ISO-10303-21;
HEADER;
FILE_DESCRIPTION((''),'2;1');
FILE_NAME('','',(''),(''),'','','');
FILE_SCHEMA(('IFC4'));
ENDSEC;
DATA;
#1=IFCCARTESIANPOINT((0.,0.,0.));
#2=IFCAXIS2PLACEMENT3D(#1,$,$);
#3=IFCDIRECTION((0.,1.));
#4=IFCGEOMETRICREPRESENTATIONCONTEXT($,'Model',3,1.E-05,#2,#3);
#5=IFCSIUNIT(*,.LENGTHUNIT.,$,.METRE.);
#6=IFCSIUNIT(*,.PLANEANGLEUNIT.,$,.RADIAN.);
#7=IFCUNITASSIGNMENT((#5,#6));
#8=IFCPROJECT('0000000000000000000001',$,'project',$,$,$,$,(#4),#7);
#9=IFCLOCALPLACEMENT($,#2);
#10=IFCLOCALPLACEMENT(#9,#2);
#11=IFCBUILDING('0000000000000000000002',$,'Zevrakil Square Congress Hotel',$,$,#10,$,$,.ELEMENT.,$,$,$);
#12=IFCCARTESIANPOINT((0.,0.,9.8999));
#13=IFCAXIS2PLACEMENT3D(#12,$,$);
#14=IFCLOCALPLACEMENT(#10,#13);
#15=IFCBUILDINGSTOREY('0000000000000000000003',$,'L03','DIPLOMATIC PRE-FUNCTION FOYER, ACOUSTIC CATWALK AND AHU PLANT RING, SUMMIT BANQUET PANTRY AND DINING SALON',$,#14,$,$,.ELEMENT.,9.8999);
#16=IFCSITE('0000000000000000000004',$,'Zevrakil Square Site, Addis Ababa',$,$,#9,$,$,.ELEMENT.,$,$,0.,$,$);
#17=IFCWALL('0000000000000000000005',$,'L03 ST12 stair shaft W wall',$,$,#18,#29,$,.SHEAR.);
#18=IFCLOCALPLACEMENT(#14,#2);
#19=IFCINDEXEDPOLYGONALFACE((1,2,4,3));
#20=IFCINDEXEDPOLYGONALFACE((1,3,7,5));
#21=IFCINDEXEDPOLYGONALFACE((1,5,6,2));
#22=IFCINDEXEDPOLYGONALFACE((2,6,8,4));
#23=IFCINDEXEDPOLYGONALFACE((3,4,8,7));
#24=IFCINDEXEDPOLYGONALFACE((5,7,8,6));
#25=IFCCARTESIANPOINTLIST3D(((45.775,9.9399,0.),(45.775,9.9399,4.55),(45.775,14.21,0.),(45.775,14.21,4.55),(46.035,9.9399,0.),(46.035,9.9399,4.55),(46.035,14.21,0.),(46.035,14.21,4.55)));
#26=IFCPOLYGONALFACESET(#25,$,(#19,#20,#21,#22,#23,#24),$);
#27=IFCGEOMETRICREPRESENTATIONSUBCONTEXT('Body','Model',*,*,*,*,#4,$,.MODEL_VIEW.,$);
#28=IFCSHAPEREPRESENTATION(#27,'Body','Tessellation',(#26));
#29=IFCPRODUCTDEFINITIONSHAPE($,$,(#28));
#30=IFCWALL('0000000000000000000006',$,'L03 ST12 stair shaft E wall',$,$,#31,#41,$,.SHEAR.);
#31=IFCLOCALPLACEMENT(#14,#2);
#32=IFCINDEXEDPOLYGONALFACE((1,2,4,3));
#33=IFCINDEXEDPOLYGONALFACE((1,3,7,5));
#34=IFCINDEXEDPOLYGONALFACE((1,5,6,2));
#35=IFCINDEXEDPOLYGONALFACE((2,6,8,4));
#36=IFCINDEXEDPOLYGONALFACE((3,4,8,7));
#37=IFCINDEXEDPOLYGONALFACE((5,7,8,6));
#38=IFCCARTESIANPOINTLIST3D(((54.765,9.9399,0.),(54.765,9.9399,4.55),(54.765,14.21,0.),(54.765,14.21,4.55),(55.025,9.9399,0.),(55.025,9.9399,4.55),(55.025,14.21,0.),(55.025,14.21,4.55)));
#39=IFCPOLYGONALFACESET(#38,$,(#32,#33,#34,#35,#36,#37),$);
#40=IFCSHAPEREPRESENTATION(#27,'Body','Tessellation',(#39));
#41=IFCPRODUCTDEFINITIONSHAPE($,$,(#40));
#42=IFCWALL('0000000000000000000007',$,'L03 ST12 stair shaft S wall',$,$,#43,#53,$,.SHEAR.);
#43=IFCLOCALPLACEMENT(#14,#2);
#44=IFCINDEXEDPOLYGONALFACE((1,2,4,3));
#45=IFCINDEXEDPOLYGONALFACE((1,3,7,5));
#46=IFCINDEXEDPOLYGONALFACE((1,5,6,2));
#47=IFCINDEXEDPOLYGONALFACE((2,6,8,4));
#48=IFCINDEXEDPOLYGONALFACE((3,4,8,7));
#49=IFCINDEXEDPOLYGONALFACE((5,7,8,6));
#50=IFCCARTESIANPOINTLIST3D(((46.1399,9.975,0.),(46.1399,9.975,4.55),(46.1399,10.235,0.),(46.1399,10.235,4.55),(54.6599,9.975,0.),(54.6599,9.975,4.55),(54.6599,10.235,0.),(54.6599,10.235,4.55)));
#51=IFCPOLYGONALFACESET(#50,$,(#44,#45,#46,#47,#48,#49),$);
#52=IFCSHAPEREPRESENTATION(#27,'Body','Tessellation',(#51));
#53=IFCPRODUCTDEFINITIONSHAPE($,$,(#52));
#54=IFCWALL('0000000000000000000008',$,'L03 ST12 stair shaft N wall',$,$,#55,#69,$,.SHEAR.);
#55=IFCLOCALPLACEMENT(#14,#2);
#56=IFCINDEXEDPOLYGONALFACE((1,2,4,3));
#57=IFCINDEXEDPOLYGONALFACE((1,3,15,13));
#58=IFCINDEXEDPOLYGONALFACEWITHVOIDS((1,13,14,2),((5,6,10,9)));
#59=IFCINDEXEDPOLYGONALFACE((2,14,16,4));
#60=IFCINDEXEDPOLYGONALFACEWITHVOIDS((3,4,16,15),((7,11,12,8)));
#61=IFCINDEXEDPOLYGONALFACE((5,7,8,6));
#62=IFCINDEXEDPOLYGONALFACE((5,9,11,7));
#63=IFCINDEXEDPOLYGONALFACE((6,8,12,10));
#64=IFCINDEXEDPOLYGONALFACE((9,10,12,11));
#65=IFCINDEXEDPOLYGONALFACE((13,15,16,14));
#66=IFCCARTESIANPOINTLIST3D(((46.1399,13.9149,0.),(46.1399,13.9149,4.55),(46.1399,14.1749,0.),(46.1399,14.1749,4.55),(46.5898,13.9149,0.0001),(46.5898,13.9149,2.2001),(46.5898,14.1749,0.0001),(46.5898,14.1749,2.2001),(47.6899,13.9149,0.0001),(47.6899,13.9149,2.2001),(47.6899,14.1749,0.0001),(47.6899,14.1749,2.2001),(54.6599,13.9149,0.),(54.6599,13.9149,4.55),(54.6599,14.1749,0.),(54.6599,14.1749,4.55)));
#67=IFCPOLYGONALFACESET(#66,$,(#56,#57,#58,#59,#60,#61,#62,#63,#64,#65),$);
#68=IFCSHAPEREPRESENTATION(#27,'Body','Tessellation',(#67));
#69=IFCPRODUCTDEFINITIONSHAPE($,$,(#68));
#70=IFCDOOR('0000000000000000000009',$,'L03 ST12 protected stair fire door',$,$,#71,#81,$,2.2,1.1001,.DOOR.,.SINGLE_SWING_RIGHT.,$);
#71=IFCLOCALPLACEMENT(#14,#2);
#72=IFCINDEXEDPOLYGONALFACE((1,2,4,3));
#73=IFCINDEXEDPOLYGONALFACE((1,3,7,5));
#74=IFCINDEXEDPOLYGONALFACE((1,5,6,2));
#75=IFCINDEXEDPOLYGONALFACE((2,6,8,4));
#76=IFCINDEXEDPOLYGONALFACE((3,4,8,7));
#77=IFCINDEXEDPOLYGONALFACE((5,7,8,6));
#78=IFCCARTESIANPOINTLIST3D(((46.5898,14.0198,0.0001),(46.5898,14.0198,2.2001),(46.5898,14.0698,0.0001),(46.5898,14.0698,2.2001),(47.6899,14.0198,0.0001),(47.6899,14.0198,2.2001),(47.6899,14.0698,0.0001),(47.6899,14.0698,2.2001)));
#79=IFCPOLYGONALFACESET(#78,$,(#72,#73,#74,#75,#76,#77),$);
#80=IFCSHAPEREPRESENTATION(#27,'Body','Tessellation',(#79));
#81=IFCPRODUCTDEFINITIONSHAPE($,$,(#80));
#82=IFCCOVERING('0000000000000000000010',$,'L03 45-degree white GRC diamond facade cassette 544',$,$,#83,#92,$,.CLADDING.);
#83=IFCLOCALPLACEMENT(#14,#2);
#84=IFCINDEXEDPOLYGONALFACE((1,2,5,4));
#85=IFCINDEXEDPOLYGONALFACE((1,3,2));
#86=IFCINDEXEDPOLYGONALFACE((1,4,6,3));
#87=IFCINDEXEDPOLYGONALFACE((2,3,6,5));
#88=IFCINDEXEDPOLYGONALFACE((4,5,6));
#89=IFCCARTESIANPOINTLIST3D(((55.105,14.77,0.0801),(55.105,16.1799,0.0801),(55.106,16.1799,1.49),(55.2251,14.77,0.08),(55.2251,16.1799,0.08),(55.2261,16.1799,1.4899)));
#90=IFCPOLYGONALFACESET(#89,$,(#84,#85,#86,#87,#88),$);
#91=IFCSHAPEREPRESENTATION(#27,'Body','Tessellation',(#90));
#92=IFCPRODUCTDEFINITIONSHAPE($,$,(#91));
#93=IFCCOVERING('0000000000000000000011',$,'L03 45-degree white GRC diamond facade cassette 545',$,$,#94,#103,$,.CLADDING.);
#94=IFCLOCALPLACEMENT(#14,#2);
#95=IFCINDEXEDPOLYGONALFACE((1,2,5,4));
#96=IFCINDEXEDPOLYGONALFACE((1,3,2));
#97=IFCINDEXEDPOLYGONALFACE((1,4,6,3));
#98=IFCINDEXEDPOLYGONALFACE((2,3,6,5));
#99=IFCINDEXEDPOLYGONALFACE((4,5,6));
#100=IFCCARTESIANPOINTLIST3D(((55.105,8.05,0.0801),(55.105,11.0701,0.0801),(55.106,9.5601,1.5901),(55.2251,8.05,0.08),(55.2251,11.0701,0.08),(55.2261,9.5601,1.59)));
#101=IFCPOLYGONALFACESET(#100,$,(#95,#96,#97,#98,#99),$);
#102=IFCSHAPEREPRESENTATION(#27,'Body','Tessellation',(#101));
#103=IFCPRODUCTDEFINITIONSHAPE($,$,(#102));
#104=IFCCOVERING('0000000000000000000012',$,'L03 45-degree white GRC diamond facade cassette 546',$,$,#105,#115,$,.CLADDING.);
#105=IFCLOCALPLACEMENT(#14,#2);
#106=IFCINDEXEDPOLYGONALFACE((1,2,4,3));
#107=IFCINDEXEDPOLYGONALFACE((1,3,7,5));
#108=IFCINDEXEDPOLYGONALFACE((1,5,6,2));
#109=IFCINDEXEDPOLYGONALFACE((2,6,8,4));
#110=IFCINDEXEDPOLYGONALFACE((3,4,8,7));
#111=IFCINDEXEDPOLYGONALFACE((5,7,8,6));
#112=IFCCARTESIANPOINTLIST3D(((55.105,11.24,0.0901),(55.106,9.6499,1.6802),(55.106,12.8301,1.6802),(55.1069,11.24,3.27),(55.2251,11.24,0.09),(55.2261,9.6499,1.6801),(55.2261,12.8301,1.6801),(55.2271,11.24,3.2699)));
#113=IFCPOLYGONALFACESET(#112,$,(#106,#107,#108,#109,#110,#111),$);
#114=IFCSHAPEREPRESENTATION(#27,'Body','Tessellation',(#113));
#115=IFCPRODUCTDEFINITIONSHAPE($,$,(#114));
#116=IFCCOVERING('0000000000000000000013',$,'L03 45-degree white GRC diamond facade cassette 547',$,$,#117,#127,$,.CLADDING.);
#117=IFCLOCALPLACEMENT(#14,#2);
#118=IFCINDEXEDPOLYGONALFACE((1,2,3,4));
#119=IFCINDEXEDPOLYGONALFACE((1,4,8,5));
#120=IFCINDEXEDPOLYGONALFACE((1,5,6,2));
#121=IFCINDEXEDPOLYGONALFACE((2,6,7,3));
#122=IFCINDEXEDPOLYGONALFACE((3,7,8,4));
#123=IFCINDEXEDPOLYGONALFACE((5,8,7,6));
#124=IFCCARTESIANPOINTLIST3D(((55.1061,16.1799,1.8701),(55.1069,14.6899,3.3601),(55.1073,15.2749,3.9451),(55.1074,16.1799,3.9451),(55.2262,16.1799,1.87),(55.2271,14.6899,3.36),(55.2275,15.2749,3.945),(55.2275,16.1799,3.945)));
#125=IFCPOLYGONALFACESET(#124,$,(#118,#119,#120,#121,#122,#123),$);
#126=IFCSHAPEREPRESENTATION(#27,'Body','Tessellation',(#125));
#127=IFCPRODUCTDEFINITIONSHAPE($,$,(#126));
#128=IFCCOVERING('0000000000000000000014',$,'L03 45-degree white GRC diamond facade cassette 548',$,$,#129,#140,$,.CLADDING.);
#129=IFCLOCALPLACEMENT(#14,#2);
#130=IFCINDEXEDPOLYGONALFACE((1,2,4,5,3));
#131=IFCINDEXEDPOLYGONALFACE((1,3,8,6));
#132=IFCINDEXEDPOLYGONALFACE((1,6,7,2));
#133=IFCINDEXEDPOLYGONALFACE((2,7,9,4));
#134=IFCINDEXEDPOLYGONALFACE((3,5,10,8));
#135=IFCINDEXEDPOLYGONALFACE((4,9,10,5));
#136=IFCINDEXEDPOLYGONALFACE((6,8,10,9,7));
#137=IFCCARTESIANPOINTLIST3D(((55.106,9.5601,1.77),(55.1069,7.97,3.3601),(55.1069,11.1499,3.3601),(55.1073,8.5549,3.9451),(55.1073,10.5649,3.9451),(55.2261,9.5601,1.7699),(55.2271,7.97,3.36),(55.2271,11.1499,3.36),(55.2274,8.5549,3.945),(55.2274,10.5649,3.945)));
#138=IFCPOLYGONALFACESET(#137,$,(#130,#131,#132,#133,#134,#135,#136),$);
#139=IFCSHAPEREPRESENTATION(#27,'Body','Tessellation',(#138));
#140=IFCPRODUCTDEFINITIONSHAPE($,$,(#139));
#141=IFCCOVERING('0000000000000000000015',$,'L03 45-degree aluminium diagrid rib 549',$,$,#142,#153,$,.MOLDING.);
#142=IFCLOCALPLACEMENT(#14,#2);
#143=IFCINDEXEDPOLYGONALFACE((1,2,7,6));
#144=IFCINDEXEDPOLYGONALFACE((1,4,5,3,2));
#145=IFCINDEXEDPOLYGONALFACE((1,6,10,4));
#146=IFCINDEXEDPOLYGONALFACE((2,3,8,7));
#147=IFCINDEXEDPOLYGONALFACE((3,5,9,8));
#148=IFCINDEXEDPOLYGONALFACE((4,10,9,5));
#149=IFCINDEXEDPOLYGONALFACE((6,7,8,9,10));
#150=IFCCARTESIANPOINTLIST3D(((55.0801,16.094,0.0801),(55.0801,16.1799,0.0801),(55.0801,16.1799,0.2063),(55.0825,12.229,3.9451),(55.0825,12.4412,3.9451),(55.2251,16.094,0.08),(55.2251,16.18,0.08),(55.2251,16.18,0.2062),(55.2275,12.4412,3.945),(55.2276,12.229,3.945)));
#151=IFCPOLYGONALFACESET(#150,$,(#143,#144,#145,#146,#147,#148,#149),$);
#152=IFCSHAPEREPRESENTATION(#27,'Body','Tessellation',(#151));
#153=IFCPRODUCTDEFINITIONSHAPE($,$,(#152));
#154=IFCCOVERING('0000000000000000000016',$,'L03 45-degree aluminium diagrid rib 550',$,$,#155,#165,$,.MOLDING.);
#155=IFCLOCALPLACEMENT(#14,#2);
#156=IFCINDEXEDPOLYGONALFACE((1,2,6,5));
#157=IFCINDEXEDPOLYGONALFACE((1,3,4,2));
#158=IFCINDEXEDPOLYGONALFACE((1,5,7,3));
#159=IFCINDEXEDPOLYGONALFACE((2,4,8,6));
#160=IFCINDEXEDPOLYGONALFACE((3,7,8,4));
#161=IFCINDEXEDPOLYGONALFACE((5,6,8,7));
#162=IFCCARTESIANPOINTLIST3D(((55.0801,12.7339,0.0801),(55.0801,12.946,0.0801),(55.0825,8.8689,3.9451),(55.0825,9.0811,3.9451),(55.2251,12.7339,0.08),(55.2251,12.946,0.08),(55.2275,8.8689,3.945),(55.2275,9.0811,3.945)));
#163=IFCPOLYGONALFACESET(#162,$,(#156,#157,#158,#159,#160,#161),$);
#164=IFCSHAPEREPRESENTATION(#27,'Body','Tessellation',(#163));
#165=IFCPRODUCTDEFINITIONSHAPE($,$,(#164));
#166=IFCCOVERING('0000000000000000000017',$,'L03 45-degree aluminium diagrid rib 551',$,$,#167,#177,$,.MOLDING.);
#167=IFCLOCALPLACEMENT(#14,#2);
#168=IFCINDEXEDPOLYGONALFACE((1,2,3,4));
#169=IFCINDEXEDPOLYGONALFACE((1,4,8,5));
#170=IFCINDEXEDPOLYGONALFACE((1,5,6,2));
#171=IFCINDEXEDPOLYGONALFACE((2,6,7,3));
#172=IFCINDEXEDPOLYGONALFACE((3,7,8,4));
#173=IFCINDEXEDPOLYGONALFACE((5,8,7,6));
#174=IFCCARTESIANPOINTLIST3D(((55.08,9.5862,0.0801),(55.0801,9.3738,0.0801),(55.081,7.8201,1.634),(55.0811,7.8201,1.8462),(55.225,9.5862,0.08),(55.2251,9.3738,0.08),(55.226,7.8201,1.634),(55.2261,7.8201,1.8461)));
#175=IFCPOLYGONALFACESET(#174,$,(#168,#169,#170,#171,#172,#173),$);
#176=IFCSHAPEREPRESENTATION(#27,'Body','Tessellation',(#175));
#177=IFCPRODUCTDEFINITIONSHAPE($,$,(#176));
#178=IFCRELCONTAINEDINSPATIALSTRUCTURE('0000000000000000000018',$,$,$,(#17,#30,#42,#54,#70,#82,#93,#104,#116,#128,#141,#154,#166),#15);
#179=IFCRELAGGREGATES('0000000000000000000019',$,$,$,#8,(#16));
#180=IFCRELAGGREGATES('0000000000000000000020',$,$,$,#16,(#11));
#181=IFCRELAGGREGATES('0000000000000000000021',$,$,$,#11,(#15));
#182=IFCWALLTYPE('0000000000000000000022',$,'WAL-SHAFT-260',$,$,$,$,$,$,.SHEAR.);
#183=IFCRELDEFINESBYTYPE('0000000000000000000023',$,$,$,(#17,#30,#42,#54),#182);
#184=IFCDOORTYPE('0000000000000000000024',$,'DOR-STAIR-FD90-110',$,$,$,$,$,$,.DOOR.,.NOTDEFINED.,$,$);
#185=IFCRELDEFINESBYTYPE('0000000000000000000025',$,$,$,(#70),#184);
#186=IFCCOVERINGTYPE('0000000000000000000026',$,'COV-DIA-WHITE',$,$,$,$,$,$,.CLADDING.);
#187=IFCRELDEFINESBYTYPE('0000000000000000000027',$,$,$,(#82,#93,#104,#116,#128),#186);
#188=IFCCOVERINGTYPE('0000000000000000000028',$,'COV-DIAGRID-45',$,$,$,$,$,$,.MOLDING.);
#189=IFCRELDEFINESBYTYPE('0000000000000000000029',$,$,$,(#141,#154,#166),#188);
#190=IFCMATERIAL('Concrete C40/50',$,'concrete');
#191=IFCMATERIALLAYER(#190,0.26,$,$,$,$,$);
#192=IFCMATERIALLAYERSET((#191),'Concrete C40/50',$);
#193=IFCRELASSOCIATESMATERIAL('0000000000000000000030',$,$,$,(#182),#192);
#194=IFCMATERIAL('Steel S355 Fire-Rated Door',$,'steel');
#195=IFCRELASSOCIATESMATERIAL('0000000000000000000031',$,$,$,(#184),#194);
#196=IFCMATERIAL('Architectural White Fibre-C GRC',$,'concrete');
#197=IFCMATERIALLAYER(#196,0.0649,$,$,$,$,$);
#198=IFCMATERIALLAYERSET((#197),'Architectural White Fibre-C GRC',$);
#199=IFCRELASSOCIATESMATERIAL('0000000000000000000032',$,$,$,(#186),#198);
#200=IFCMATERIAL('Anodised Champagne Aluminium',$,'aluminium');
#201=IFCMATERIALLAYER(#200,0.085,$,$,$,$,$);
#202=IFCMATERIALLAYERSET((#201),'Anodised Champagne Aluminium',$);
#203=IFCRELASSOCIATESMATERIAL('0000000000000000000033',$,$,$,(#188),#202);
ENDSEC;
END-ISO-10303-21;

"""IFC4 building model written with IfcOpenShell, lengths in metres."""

from ifc_helpers import new_model, si_unit, direction, frame, frame_2d, origin, place, context, subcontext, project, spatial, polyline, rectangle, outline, extrude, material, layer, layer_set, type_object, element, fill, save


model = new_model("IFC4")

# Units and contexts
model_context = context("Model", 3, precision=1e-05, world=origin(), true_north=direction((0.0, 1.0)))
body_context = subcontext(model_context, "Body", "Model", "MODEL_VIEW")
ifc_project = project(units=[si_unit("LENGTHUNIT", "METRE"), si_unit("PLANEANGLEUNIT", "RADIAN")], contexts=[model_context])

# Site, building, storey
site_placement = place(None, origin())
site = spatial("IfcSite", under=ifc_project, at=site_placement, Name="Zevrakil Square Site, Addis Ababa", CompositionType="ELEMENT", RefElevation=0.0)
building_placement = place(site_placement, origin())
building = spatial("IfcBuilding", under=site, at=building_placement, Name="Zevrakil Square Congress Hotel", CompositionType="ELEMENT")
storey_placement = place(building_placement, frame((0.0, 0.0, 9.8999)))
storey = spatial("IfcBuildingStorey", under=building, at=storey_placement, Name="L03", Description="DIPLOMATIC PRE-FUNCTION FOYER, ACOUSTIC CATWALK AND AHU PLANT RING, SUMMIT BANQUET PANTRY AND DINING SALON", CompositionType="ELEMENT", Elevation=9.8999)

# Walls
ifc_material_1 = material(Name="Concrete C40/50", Category="concrete")
ifc_layer_1 = layer(ifc_material_1, 0.26)
ifc_layer_set_1 = layer_set([ifc_layer_1], Name="Concrete C40/50")
wall_type = type_object("IfcWallType", Name="WAL-SHAFT-260", PredefinedType="SHEAR", material=ifc_layer_set_1)
for number, where, z_axis, x_axis, name in (
    (1, (45.905, 9.9399, 0.0), (0.0, 0.0, 1.0), (0.0, 1.0, 0.0), "L03 ST12 stair shaft W wall"),
    (2, (54.895, 9.9399, 0.0), (0.0, 0.0, 1.0), (0.0, 1.0, 0.0), "L03 ST12 stair shaft E wall"),
):
    element("IfcWall", number, at=place(storey_placement, frame(where, z_axis=z_axis, x_axis=x_axis)), inside=storey, type_object=wall_type, Name=name, PredefinedType="SHEAR", context=body_context, shape_type="SweptSolid", body=[
        extrude(rectangle(XDim=4.27, YDim=0.26, at=frame_2d((2.135, 0.0))), origin(), (0.0, 0.0, 1.0), 4.55),
    ])
wall_1_placement = place(storey_placement, frame((46.1399, 10.105, 0.0), z_axis=(0.0, 0.0, 1.0), x_axis=(1.0, 0.0, 0.0)))
element("IfcWall", 3, at=wall_1_placement, inside=storey, type_object=wall_type, Name="L03 ST12 stair shaft S wall", PredefinedType="SHEAR", context=body_context, shape_type="SweptSolid", body=[
    extrude(rectangle(XDim=8.52, YDim=0.26, at=frame_2d((4.26, 0.0))), origin(), (0.0, 0.0, 1.0), 4.55),
])

# Wall, opening, door
wall_2_placement = place(storey_placement, frame((46.1399, 14.0449, 0.0), z_axis=(0.0, 0.0, 1.0), x_axis=(1.0, 0.0, 0.0)))
wall_2 = element("IfcWall", 4, at=wall_2_placement, inside=storey, type_object=wall_type, Name="L03 ST12 stair shaft N wall", PredefinedType="SHEAR", context=body_context, shape_type="SweptSolid", body=[
    extrude(rectangle(XDim=8.52, YDim=0.26, at=frame_2d((4.26, 0.0))), origin(), (0.0, 0.0, 1.0), 4.55),
])
opening_placement = place(wall_2_placement, frame((0.45, 0.0, 0.0)))
opening = element("IfcOpeningElement", 5, at=opening_placement, cuts=wall_2, PredefinedType="OPENING", context=body_context, shape_type="SweptSolid", body=[
    extrude(rectangle(XDim=1.1001, YDim=2.2, at=frame_2d((0.55, 1.1001))), frame((0.0, 0.1401, 0.0), z_axis=(0.0, -1.0, 0.0), x_axis=(1.0, 0.0, 0.0)), (0.0, 0.0, 1.0), 0.28),
])
ifc_material_2 = material(Name="Steel S355 Fire-Rated Door", Category="steel")
door_type = type_object("IfcDoorType", Name="DOR-STAIR-FD90-110", OperationType="NOTDEFINED", PredefinedType="DOOR", material=ifc_material_2)
door_placement = place(opening_placement, origin())
door = element("IfcDoor", 6, at=door_placement, inside=storey, type_object=door_type, Name="L03 ST12 protected stair fire door", OperationType="SINGLE_SWING_RIGHT", OverallHeight=2.2, OverallWidth=1.1001, PredefinedType="DOOR", context=body_context, shape_type="SweptSolid", body=[
    extrude(rectangle(XDim=1.1001, YDim=2.2, at=frame_2d((0.55, 1.1001))), frame((0.0, 0.0249, 0.0), z_axis=(0.0, -1.0, 0.0), x_axis=(1.0, 0.0, 0.0)), (0.0, 0.0, 1.0), 0.05),
])
fill(opening, door)

# Coverings
ifc_material_3 = material(Name="Architectural White Fibre-C GRC", Category="concrete")
ifc_layer_2 = layer(ifc_material_3, 0.0649)
ifc_layer_set_2 = layer_set([ifc_layer_2], Name="Architectural White Fibre-C GRC")
covering_type_1 = type_object("IfcCoveringType", Name="COV-DIA-WHITE", PredefinedType="CLADDING", material=ifc_layer_set_2)
covering_1_placement = place(storey_placement, frame((55.105, 14.77, 0.0801), z_axis=(-1.0, 0.0, 0.000693), x_axis=(0.0, 1.0, 0.0)))
element("IfcCovering", 7, at=covering_1_placement, inside=storey, type_object=covering_type_1, Name="L03 45-degree white GRC diamond facade cassette 544", PredefinedType="CLADDING", context=body_context, shape_type="SweptSolid", body=[
    extrude(outline(polyline([(0.0, 0.0), (1.4099, 0.0), (1.4099, -1.4099), (0.0, 0.0)])), origin(), (0.0, 0.0, -1.0), 0.1201),
])
covering_2_placement = place(storey_placement, frame((55.106, 9.5601, 1.5901), z_axis=(-1.0, 0.0, 0.000647), x_axis=(-0.000457, -0.707107, -0.707107)))
element("IfcCovering", 8, at=covering_2_placement, inside=storey, type_object=covering_type_1, Name="L03 45-degree white GRC diamond facade cassette 545", PredefinedType="CLADDING", context=body_context, shape_type="SweptSolid", body=[
    extrude(outline(polyline([(0.0, 0.0), (2.1355, 0.0), (0.0, -2.1355), (0.0, 0.0)])), origin(), (0.0, 0.0, -1.0), 0.1201),
])
covering_3_placement = place(storey_placement, frame((55.1069, 11.24, 3.27), z_axis=(-1.0, 0.0, 0.000614), x_axis=(-0.000434, -0.707161, -0.707052)))
element("IfcCovering", 9, at=covering_3_placement, inside=storey, type_object=covering_type_1, Name="L03 45-degree white GRC diamond facade cassette 546", PredefinedType="CLADDING", context=body_context, shape_type="SweptSolid", body=[
    extrude(outline(polyline([(0.0, 0.0), (2.2486, 0.0), (2.2484, -2.2487), (-0.0003, -2.2486), (0.0, 0.0)])), origin(), (0.0, 0.0, -1.0), 0.1201),
])
covering_4_placement = place(storey_placement, frame((55.1069, 14.6899, 3.3601), z_axis=(-1.0, 0.000083, 0.000624), x_axis=(-0.000383, 0.707107, -0.707107)))
element("IfcCovering", 10, at=covering_4_placement, inside=storey, type_object=covering_type_1, Name="L03 45-degree white GRC diamond facade cassette 547", PredefinedType="CLADDING", context=body_context, shape_type="SweptSolid", body=[
    extrude(outline(polyline([(0.0, 0.0), (2.1072, 0.0), (0.64, -1.4672), (0.0, -0.8273), (0.0, 0.0)])), origin(), (0.0, 0.0, -1.0), 0.1201),
])
covering_5_placement = place(storey_placement, frame((55.1069, 7.97, 3.3601), z_axis=(-1.0, 0.0, 0.000601), x_axis=(-0.000425, 0.707107, -0.707107)))
element("IfcCovering", 11, at=covering_5_placement, inside=storey, type_object=covering_type_1, Name="L03 45-degree white GRC diamond facade cassette 548", PredefinedType="CLADDING", context=body_context, shape_type="SweptSolid", body=[
    extrude(outline(polyline([(0.0, 0.0), (2.2487, 0.0), (2.2486, -2.2486), (1.4213, -2.2486), (0.0, -0.8273), (0.0, 0.0)])), origin(), (0.0, 0.0, -1.0), 0.1201),
])
ifc_material_4 = material(Name="Anodised Champagne Aluminium", Category="aluminium")
ifc_layer_3 = layer(ifc_material_4, 0.085)
ifc_layer_set_3 = layer_set([ifc_layer_3], Name="Anodised Champagne Aluminium")
covering_type_2 = type_object("IfcCoveringType", Name="COV-DIAGRID-45", PredefinedType="MOLDING", material=ifc_layer_set_3)
covering_6_placement = place(storey_placement, frame((55.0801, 16.094, 0.0801), z_axis=(-1.0, -0.00019, 0.000448), x_axis=(-0.00019, 1.0, 0.0)))
element("IfcCovering", 12, at=covering_6_placement, inside=storey, type_object=covering_type_2, Name="L03 45-degree aluminium diagrid rib 549", PredefinedType="MOLDING", context=body_context, shape_type="SweptSolid", body=[
    extrude(outline(polyline([(0.0, 0.0), (0.0859, 0.0), (0.0859, -0.1262), (-3.6528, -3.865), (-3.865, -3.865), (0.0, 0.0)])), origin(), (0.0, 0.0, -1.0), 0.145),
])
covering_7_placement = place(storey_placement, frame((55.0801, 12.7339, 0.0801), z_axis=(-1.0, 0.0, 0.000632), x_axis=(0.0, 1.0, 0.0)))
element("IfcCovering", 13, at=covering_7_placement, inside=storey, type_object=covering_type_2, Name="L03 45-degree aluminium diagrid rib 550", PredefinedType="MOLDING", context=body_context, shape_type="SweptSolid", body=[
    extrude(outline(polyline([(0.0, 0.0), (0.2122, 0.0), (-3.6528, -3.865), (-3.865, -3.865), (0.0, 0.0)])), origin(), (0.0, 0.0, -1.0), 0.145),
])
covering_8_placement = place(storey_placement, frame((55.0801, 9.3738, 0.0801), z_axis=(-1.0, -0.000294, 0.000294), x_axis=(-0.000294, 1.0, 0.0)))
element("IfcCovering", 14, at=covering_8_placement, inside=storey, type_object=covering_type_2, Name="L03 45-degree aluminium diagrid rib 551", PredefinedType="MOLDING", context=body_context, shape_type="SweptSolid", body=[
    extrude(outline(polyline([(0.0, 0.0), (0.2124, 0.0), (-1.5537, -1.7661), (-1.5537, -1.554), (0.0, 0.0)])), origin(), (0.0, 0.0, -1.0), 0.145),
])

save(model, "model.ifc")
